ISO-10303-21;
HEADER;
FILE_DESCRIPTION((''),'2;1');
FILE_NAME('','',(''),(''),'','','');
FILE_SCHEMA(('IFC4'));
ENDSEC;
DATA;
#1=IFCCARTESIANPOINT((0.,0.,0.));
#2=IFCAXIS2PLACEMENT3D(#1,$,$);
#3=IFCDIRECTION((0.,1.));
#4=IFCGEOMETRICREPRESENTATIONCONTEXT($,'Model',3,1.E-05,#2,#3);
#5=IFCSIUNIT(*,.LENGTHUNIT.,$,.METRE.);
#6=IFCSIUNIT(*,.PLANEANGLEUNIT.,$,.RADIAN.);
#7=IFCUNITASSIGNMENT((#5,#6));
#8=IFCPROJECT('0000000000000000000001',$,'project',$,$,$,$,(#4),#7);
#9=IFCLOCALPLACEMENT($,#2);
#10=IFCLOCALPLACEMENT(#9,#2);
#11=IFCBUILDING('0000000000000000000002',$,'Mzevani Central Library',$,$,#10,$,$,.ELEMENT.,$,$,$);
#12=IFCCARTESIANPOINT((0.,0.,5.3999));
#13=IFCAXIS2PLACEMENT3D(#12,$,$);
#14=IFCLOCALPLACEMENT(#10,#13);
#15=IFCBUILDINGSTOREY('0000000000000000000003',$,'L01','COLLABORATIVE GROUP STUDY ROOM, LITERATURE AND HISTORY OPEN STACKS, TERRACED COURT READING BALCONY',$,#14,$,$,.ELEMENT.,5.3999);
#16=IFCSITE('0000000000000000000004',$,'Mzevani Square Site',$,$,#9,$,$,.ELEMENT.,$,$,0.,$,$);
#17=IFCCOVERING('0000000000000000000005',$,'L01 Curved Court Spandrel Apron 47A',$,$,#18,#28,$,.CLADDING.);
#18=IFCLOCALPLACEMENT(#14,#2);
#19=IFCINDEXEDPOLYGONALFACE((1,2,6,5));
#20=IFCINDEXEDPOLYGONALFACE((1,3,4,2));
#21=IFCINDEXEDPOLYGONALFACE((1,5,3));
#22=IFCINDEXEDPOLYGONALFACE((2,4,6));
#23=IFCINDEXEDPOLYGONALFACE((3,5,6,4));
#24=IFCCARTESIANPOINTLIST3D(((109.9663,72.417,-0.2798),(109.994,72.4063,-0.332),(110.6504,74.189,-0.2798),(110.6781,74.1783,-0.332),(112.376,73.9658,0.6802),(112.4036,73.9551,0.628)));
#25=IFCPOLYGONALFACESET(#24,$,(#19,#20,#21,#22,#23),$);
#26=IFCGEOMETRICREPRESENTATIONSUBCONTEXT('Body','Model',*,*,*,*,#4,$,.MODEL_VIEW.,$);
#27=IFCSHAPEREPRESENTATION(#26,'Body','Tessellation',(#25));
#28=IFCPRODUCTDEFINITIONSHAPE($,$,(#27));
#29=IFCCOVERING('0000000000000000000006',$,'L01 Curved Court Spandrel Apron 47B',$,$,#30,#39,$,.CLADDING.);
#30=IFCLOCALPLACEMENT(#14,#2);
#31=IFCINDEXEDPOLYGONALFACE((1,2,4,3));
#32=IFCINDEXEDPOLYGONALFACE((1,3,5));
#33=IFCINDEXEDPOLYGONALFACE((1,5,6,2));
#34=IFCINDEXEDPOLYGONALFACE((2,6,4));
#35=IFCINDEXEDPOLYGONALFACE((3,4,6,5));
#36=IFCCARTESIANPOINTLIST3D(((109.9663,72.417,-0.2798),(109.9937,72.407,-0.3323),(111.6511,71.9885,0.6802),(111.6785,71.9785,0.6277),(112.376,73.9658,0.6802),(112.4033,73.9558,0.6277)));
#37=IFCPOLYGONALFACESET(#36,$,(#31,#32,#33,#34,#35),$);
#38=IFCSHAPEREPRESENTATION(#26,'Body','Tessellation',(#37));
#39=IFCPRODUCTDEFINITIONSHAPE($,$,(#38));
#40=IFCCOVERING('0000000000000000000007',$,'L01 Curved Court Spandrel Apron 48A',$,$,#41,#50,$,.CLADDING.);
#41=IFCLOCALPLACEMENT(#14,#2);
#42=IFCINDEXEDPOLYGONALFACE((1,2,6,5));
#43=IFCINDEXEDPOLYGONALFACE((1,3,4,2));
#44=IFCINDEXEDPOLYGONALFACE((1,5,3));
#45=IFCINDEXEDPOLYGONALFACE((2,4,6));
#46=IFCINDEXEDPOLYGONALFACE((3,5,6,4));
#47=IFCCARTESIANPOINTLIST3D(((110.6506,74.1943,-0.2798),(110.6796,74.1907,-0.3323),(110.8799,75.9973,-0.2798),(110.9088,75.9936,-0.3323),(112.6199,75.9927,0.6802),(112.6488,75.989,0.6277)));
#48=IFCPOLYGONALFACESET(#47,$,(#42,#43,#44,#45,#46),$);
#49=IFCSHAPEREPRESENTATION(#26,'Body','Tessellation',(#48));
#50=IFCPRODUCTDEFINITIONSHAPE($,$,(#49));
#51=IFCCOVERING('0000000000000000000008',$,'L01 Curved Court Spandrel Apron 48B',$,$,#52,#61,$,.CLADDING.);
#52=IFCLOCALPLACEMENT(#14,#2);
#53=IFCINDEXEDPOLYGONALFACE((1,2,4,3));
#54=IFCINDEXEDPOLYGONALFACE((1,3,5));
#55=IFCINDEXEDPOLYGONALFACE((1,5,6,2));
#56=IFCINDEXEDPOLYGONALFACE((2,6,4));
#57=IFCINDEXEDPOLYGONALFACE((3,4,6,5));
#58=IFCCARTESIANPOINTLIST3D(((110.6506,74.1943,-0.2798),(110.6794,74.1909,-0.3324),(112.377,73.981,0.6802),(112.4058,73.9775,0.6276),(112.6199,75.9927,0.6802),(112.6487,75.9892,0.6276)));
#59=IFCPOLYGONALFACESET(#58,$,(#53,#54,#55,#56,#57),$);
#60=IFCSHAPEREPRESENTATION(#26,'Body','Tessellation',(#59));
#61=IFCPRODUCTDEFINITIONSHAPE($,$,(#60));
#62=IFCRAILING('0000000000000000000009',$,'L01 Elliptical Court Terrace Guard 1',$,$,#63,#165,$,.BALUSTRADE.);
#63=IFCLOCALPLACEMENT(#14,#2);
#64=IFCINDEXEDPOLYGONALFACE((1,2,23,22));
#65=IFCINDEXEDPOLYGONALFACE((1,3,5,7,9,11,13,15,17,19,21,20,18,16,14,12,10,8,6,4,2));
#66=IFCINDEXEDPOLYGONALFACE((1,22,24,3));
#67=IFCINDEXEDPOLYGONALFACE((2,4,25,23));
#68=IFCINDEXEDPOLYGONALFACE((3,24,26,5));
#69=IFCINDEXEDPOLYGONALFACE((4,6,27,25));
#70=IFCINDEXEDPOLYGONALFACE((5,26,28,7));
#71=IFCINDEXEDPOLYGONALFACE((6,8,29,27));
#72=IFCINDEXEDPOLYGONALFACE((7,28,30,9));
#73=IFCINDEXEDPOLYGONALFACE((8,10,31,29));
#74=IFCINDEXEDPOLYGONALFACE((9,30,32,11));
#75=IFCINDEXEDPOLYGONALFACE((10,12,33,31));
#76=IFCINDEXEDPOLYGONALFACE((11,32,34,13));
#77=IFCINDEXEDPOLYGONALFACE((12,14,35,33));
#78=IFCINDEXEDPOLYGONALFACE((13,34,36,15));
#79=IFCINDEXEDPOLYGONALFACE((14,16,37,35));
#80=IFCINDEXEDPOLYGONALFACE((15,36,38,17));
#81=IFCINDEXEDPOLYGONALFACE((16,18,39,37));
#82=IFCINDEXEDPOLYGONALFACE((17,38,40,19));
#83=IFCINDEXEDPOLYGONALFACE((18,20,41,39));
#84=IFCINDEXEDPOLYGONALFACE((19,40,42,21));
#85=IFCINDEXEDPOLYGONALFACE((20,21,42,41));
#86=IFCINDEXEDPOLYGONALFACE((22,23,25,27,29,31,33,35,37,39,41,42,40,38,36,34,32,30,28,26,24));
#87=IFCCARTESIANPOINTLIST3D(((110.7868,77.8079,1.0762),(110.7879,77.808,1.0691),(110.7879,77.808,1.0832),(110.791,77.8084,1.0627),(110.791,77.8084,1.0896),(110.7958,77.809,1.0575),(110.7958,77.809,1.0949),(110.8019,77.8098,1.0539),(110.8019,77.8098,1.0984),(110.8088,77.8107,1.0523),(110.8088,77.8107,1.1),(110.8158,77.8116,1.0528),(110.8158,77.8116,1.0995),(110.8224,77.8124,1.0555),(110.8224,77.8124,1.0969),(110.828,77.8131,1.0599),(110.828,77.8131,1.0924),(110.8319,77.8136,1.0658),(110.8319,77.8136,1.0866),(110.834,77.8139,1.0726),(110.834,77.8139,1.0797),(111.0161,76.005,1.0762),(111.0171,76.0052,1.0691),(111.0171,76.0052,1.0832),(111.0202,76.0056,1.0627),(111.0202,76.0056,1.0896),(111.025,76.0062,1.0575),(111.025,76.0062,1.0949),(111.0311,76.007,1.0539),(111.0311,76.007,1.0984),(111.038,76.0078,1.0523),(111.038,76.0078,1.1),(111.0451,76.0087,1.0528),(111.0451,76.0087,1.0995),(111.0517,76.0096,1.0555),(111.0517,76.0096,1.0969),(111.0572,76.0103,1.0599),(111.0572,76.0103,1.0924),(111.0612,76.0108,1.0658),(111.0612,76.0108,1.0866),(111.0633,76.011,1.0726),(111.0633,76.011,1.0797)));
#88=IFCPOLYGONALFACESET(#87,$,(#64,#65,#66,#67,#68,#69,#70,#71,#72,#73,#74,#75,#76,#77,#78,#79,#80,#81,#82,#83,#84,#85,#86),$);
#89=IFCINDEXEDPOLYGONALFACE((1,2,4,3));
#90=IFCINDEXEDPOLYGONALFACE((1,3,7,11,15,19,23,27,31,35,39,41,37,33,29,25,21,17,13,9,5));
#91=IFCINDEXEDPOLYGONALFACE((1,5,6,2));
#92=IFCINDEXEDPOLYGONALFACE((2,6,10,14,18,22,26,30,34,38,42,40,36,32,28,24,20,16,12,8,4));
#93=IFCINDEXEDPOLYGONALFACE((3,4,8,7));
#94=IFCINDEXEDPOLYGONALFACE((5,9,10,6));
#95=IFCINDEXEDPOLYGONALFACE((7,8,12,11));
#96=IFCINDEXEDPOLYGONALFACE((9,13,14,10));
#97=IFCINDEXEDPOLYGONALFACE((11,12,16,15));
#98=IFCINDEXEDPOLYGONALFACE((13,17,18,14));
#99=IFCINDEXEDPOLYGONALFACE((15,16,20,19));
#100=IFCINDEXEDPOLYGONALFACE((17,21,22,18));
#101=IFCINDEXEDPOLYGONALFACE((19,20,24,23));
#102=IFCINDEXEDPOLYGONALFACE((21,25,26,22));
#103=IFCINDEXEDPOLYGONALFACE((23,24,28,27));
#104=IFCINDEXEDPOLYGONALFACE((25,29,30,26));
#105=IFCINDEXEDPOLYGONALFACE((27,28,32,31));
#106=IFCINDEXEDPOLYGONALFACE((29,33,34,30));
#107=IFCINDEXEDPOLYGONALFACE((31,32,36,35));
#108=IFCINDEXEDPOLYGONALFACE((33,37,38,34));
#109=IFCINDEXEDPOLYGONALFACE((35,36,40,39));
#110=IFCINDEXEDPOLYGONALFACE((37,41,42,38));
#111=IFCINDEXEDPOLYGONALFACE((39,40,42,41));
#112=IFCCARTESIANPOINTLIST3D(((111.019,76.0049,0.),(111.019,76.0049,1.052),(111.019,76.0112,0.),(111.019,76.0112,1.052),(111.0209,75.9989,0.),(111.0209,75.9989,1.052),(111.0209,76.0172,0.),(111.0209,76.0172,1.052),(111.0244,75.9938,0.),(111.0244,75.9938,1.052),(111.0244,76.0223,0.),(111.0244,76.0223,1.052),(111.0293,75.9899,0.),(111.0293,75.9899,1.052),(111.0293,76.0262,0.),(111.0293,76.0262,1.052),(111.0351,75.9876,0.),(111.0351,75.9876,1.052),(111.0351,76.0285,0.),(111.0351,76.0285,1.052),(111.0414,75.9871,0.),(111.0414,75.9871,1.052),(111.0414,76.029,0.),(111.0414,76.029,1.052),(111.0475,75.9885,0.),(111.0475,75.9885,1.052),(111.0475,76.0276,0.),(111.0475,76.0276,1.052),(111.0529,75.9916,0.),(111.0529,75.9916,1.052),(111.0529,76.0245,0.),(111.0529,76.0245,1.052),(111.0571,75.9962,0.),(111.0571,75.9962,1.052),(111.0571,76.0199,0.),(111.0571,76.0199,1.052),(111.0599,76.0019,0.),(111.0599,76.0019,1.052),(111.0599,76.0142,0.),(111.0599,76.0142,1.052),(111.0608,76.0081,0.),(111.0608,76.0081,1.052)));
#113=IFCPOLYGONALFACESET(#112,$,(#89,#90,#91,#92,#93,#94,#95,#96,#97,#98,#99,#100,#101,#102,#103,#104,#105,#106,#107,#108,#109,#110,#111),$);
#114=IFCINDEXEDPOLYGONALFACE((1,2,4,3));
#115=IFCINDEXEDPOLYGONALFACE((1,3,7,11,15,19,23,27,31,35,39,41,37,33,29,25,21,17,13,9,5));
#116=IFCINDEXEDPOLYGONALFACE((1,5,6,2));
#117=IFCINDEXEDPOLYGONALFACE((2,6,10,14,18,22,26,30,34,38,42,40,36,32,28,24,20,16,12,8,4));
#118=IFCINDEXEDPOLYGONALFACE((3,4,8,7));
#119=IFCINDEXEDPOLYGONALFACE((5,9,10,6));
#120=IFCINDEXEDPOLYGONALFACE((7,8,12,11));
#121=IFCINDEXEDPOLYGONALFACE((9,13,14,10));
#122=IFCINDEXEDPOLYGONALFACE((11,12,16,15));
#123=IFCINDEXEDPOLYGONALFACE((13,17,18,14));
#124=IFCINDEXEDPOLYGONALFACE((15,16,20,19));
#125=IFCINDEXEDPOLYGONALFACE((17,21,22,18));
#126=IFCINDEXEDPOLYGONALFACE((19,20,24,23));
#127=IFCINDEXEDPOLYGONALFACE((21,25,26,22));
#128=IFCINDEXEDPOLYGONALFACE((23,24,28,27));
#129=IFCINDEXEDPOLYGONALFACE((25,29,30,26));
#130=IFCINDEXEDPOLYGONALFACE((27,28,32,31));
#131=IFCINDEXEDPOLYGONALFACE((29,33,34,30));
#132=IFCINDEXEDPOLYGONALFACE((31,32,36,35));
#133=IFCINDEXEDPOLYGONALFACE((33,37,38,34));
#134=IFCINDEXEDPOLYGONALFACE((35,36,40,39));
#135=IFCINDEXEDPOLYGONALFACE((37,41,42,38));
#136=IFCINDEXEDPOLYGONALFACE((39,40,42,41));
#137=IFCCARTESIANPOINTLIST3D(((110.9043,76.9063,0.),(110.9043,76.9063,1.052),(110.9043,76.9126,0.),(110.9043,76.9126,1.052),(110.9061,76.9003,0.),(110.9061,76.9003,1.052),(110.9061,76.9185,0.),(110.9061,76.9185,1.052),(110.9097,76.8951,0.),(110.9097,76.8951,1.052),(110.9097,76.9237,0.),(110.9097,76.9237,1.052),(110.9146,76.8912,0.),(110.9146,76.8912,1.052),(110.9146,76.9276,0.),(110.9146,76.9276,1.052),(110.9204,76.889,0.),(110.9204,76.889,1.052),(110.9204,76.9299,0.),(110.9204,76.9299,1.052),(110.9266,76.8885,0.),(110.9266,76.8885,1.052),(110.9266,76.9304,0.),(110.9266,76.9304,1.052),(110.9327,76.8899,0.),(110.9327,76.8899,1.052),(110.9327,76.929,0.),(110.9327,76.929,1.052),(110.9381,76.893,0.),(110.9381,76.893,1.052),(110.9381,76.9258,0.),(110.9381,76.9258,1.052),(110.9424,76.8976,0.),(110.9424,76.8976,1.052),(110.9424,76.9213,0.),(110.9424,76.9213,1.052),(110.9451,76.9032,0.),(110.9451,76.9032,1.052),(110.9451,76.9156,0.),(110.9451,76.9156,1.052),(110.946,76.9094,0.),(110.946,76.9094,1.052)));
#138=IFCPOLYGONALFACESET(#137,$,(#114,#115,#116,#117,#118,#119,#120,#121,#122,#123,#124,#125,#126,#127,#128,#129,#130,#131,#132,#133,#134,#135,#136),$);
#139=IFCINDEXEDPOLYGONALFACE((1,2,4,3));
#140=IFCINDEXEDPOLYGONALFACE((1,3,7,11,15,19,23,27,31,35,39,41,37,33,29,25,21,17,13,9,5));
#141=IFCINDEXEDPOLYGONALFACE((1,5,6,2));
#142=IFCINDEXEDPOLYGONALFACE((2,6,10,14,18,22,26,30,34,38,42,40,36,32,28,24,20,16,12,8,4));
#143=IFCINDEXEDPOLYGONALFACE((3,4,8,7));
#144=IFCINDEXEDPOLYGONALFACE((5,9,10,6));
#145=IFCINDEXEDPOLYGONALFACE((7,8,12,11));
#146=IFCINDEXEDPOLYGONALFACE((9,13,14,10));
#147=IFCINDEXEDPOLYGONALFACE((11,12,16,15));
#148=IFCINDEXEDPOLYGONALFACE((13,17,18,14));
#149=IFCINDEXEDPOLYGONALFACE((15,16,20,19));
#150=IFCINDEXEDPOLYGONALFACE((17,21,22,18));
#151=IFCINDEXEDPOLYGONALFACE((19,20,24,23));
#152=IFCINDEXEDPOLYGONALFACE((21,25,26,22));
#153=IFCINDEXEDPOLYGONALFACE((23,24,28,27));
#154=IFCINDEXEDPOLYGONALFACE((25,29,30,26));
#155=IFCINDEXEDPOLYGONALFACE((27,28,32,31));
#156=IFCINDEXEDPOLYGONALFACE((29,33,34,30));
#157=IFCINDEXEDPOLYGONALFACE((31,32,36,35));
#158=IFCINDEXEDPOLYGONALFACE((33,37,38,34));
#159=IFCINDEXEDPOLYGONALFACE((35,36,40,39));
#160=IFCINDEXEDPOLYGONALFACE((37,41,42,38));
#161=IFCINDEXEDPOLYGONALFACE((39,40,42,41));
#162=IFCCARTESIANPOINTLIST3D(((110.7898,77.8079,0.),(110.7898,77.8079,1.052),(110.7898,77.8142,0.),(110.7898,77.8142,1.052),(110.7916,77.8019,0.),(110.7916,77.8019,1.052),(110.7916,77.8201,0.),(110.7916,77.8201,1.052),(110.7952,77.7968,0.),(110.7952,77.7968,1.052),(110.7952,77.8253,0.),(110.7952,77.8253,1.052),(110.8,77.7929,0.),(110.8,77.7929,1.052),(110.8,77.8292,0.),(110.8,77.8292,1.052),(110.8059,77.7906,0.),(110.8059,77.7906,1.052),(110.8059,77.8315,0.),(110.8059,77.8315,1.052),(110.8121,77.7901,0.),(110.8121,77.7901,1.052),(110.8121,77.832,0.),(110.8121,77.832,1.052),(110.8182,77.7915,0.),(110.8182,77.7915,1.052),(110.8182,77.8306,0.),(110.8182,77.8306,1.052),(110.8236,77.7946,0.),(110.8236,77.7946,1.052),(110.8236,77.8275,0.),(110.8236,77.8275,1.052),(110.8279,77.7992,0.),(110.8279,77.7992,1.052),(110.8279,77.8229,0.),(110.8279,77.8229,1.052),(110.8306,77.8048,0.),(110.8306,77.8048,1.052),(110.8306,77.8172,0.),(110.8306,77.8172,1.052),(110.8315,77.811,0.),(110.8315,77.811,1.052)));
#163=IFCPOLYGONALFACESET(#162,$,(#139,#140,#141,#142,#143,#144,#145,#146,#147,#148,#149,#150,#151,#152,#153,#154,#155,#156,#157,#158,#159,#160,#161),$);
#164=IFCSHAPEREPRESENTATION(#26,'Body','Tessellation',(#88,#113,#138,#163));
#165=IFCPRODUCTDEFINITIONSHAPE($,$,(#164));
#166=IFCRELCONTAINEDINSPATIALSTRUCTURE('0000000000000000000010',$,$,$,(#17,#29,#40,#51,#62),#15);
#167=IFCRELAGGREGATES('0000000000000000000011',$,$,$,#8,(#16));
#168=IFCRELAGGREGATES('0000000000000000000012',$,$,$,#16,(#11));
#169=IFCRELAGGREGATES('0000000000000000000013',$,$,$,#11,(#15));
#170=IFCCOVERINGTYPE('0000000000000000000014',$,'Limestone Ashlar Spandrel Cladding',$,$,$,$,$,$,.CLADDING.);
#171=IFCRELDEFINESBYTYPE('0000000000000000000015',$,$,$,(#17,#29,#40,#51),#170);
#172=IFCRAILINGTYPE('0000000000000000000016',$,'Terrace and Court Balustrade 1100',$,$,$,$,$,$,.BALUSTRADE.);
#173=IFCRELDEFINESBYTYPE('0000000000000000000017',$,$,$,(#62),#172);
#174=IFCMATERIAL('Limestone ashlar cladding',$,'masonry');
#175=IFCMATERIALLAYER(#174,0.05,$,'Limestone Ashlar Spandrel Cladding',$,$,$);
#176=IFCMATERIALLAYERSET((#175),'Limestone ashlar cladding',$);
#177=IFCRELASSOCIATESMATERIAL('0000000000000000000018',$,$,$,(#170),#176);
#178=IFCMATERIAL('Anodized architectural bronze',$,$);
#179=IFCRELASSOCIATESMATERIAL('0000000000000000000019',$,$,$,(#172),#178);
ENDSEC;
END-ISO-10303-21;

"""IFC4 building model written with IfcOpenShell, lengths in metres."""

from ifc_helpers import new_model, si_unit, direction, frame, origin, origin_2d, place, context, subcontext, project, spatial, polyline, circle, outline, extrude, material, layer, layer_set, type_object, element, save


model = new_model("IFC4")

# Units and contexts
model_context = context("Model", 3, precision=1e-05, world=origin(), true_north=direction((0.0, 1.0)))
body_context = subcontext(model_context, "Body", "Model", "MODEL_VIEW")
ifc_project = project(units=[si_unit("LENGTHUNIT", "METRE"), si_unit("PLANEANGLEUNIT", "RADIAN")], contexts=[model_context])

# Site, building, storey
site_placement = place(None, origin())
site = spatial("IfcSite", under=ifc_project, at=site_placement, Name="Mzevani Square Site", CompositionType="ELEMENT", RefElevation=0.0)
building_placement = place(site_placement, origin())
building = spatial("IfcBuilding", under=site, at=building_placement, Name="Mzevani Central Library", CompositionType="ELEMENT")
storey_placement = place(building_placement, frame((0.0, 0.0, 5.3999)))
storey = spatial("IfcBuildingStorey", under=building, at=storey_placement, Name="L01", Description="COLLABORATIVE GROUP STUDY ROOM, LITERATURE AND HISTORY OPEN STACKS, TERRACED COURT READING BALCONY", CompositionType="ELEMENT", Elevation=5.3999)

# Coverings
ifc_material_1 = material(Name="Limestone ashlar cladding", Category="masonry")
ifc_layer_1 = layer(ifc_material_1, 0.05, Name="Limestone Ashlar Spandrel Cladding")
ifc_layer_set_1 = layer_set([ifc_layer_1], Name="Limestone ashlar cladding")
covering_type = type_object("IfcCoveringType", Name="Limestone Ashlar Spandrel Cladding", PredefinedType="CLADDING", material=ifc_layer_set_1)
covering_1_placement = place(storey_placement, frame((109.9663, 72.417, -0.2798), z_axis=(-0.46073, 0.177868, 0.869535), x_axis=(0.36015, 0.932894, 0.0)))
element("IfcCovering", 1, at=covering_1_placement, inside=storey, type_object=covering_type, Name="L01 Curved Court Spandrel Apron 47A", PredefinedType="CLADDING", context=body_context, shape_type="SweptSolid", body=[
    extrude(outline(polyline([(0.0, 0.0), (1.8994, 0.0), (2.3127, -1.9437), (0.0, 0.0)])), origin(), (0.0, 0.0, -1.0), 0.0601),
])
covering_2_placement = place(storey_placement, frame((109.9663, 72.417, -0.2798), z_axis=(-0.455685, 0.167049, 0.874326), x_axis=(0.797619, 0.512675, 0.317755)))
element("IfcCovering", 2, at=covering_2_placement, inside=storey, type_object=covering_type, Name="L01 Curved Court Spandrel Apron 47B", PredefinedType="CLADDING", context=body_context, shape_type="SweptSolid", body=[
    extrude(outline(polyline([(0.0, 0.0), (3.0211, 0.0), (1.4292, -1.3788), (0.0, 0.0)])), origin(), (0.0, 0.0, -1.0), 0.0601),
])
covering_3_placement = place(storey_placement, frame((110.6506, 74.1943, -0.2798), z_axis=(-0.482031, 0.06129, 0.874008), x_axis=(0.126134, 0.992013, 0.0)))
element("IfcCovering", 3, at=covering_3_placement, inside=storey, type_object=covering_type, Name="L01 Curved Court Spandrel Apron 48A", PredefinedType="CLADDING", context=body_context, shape_type="SweptSolid", body=[
    extrude(outline(polyline([(0.0, 0.0), (1.8175, 0.0), (2.0324, -1.9756), (0.0, 0.0)])), origin(), (0.0, 0.0, -1.0), 0.0601),
])
covering_4_placement = place(storey_placement, frame((110.6506, 74.1943, -0.2798), z_axis=(-0.479695, 0.057924, 0.875521), x_axis=(0.69478, 0.634484, 0.33869)))
element("IfcCovering", 4, at=covering_4_placement, inside=storey, type_object=covering_type, Name="L01 Curved Court Spandrel Apron 48B", PredefinedType="CLADDING", context=body_context, shape_type="SweptSolid", body=[
    extrude(outline(polyline([(0.0, 0.0), (2.8343, 0.0), (1.3892, -1.4204), (0.0, 0.0)])), origin(), (0.0, 0.0, -1.0), 0.0601),
])

# Railing
ifc_material_2 = material(Name="Anodized architectural bronze")
railing_type = type_object("IfcRailingType", Name="Terrace and Court Balustrade 1100", PredefinedType="BALUSTRADE", material=ifc_material_2)
railing_1_placement = place(storey_placement, frame((111.0398, 76.0081, 0.0)))
element("IfcRailing", 5, at=railing_1_placement, inside=storey, type_object=railing_type, Name="L01 Elliptical Court Terrace Guard 1", PredefinedType="BALUSTRADE", context=body_context, shape_type="SweptSolid", body=[
    extrude(circle(Radius=0.0239, at=origin_2d()), frame((0.0, 0.0, 1.0762), z_axis=(-0.126134, 0.992013, 0.0), x_axis=(-0.992013, -0.126134, 0.0)), (0.0, 0.0, 1.0), 1.8174),
    extrude(circle(Radius=0.021, at=origin_2d()), origin(), (0.0, 0.0, 1.0), 1.052),
    extrude(circle(Radius=0.021, at=origin_2d()), frame((-0.1147, 0.9014, 0.0)), (0.0, 0.0, 1.0), 1.052),
    extrude(circle(Radius=0.021, at=origin_2d()), frame((-0.2292, 1.803, 0.0)), (0.0, 0.0, 1.0), 1.052),
])

save(model, "model.ifc")
